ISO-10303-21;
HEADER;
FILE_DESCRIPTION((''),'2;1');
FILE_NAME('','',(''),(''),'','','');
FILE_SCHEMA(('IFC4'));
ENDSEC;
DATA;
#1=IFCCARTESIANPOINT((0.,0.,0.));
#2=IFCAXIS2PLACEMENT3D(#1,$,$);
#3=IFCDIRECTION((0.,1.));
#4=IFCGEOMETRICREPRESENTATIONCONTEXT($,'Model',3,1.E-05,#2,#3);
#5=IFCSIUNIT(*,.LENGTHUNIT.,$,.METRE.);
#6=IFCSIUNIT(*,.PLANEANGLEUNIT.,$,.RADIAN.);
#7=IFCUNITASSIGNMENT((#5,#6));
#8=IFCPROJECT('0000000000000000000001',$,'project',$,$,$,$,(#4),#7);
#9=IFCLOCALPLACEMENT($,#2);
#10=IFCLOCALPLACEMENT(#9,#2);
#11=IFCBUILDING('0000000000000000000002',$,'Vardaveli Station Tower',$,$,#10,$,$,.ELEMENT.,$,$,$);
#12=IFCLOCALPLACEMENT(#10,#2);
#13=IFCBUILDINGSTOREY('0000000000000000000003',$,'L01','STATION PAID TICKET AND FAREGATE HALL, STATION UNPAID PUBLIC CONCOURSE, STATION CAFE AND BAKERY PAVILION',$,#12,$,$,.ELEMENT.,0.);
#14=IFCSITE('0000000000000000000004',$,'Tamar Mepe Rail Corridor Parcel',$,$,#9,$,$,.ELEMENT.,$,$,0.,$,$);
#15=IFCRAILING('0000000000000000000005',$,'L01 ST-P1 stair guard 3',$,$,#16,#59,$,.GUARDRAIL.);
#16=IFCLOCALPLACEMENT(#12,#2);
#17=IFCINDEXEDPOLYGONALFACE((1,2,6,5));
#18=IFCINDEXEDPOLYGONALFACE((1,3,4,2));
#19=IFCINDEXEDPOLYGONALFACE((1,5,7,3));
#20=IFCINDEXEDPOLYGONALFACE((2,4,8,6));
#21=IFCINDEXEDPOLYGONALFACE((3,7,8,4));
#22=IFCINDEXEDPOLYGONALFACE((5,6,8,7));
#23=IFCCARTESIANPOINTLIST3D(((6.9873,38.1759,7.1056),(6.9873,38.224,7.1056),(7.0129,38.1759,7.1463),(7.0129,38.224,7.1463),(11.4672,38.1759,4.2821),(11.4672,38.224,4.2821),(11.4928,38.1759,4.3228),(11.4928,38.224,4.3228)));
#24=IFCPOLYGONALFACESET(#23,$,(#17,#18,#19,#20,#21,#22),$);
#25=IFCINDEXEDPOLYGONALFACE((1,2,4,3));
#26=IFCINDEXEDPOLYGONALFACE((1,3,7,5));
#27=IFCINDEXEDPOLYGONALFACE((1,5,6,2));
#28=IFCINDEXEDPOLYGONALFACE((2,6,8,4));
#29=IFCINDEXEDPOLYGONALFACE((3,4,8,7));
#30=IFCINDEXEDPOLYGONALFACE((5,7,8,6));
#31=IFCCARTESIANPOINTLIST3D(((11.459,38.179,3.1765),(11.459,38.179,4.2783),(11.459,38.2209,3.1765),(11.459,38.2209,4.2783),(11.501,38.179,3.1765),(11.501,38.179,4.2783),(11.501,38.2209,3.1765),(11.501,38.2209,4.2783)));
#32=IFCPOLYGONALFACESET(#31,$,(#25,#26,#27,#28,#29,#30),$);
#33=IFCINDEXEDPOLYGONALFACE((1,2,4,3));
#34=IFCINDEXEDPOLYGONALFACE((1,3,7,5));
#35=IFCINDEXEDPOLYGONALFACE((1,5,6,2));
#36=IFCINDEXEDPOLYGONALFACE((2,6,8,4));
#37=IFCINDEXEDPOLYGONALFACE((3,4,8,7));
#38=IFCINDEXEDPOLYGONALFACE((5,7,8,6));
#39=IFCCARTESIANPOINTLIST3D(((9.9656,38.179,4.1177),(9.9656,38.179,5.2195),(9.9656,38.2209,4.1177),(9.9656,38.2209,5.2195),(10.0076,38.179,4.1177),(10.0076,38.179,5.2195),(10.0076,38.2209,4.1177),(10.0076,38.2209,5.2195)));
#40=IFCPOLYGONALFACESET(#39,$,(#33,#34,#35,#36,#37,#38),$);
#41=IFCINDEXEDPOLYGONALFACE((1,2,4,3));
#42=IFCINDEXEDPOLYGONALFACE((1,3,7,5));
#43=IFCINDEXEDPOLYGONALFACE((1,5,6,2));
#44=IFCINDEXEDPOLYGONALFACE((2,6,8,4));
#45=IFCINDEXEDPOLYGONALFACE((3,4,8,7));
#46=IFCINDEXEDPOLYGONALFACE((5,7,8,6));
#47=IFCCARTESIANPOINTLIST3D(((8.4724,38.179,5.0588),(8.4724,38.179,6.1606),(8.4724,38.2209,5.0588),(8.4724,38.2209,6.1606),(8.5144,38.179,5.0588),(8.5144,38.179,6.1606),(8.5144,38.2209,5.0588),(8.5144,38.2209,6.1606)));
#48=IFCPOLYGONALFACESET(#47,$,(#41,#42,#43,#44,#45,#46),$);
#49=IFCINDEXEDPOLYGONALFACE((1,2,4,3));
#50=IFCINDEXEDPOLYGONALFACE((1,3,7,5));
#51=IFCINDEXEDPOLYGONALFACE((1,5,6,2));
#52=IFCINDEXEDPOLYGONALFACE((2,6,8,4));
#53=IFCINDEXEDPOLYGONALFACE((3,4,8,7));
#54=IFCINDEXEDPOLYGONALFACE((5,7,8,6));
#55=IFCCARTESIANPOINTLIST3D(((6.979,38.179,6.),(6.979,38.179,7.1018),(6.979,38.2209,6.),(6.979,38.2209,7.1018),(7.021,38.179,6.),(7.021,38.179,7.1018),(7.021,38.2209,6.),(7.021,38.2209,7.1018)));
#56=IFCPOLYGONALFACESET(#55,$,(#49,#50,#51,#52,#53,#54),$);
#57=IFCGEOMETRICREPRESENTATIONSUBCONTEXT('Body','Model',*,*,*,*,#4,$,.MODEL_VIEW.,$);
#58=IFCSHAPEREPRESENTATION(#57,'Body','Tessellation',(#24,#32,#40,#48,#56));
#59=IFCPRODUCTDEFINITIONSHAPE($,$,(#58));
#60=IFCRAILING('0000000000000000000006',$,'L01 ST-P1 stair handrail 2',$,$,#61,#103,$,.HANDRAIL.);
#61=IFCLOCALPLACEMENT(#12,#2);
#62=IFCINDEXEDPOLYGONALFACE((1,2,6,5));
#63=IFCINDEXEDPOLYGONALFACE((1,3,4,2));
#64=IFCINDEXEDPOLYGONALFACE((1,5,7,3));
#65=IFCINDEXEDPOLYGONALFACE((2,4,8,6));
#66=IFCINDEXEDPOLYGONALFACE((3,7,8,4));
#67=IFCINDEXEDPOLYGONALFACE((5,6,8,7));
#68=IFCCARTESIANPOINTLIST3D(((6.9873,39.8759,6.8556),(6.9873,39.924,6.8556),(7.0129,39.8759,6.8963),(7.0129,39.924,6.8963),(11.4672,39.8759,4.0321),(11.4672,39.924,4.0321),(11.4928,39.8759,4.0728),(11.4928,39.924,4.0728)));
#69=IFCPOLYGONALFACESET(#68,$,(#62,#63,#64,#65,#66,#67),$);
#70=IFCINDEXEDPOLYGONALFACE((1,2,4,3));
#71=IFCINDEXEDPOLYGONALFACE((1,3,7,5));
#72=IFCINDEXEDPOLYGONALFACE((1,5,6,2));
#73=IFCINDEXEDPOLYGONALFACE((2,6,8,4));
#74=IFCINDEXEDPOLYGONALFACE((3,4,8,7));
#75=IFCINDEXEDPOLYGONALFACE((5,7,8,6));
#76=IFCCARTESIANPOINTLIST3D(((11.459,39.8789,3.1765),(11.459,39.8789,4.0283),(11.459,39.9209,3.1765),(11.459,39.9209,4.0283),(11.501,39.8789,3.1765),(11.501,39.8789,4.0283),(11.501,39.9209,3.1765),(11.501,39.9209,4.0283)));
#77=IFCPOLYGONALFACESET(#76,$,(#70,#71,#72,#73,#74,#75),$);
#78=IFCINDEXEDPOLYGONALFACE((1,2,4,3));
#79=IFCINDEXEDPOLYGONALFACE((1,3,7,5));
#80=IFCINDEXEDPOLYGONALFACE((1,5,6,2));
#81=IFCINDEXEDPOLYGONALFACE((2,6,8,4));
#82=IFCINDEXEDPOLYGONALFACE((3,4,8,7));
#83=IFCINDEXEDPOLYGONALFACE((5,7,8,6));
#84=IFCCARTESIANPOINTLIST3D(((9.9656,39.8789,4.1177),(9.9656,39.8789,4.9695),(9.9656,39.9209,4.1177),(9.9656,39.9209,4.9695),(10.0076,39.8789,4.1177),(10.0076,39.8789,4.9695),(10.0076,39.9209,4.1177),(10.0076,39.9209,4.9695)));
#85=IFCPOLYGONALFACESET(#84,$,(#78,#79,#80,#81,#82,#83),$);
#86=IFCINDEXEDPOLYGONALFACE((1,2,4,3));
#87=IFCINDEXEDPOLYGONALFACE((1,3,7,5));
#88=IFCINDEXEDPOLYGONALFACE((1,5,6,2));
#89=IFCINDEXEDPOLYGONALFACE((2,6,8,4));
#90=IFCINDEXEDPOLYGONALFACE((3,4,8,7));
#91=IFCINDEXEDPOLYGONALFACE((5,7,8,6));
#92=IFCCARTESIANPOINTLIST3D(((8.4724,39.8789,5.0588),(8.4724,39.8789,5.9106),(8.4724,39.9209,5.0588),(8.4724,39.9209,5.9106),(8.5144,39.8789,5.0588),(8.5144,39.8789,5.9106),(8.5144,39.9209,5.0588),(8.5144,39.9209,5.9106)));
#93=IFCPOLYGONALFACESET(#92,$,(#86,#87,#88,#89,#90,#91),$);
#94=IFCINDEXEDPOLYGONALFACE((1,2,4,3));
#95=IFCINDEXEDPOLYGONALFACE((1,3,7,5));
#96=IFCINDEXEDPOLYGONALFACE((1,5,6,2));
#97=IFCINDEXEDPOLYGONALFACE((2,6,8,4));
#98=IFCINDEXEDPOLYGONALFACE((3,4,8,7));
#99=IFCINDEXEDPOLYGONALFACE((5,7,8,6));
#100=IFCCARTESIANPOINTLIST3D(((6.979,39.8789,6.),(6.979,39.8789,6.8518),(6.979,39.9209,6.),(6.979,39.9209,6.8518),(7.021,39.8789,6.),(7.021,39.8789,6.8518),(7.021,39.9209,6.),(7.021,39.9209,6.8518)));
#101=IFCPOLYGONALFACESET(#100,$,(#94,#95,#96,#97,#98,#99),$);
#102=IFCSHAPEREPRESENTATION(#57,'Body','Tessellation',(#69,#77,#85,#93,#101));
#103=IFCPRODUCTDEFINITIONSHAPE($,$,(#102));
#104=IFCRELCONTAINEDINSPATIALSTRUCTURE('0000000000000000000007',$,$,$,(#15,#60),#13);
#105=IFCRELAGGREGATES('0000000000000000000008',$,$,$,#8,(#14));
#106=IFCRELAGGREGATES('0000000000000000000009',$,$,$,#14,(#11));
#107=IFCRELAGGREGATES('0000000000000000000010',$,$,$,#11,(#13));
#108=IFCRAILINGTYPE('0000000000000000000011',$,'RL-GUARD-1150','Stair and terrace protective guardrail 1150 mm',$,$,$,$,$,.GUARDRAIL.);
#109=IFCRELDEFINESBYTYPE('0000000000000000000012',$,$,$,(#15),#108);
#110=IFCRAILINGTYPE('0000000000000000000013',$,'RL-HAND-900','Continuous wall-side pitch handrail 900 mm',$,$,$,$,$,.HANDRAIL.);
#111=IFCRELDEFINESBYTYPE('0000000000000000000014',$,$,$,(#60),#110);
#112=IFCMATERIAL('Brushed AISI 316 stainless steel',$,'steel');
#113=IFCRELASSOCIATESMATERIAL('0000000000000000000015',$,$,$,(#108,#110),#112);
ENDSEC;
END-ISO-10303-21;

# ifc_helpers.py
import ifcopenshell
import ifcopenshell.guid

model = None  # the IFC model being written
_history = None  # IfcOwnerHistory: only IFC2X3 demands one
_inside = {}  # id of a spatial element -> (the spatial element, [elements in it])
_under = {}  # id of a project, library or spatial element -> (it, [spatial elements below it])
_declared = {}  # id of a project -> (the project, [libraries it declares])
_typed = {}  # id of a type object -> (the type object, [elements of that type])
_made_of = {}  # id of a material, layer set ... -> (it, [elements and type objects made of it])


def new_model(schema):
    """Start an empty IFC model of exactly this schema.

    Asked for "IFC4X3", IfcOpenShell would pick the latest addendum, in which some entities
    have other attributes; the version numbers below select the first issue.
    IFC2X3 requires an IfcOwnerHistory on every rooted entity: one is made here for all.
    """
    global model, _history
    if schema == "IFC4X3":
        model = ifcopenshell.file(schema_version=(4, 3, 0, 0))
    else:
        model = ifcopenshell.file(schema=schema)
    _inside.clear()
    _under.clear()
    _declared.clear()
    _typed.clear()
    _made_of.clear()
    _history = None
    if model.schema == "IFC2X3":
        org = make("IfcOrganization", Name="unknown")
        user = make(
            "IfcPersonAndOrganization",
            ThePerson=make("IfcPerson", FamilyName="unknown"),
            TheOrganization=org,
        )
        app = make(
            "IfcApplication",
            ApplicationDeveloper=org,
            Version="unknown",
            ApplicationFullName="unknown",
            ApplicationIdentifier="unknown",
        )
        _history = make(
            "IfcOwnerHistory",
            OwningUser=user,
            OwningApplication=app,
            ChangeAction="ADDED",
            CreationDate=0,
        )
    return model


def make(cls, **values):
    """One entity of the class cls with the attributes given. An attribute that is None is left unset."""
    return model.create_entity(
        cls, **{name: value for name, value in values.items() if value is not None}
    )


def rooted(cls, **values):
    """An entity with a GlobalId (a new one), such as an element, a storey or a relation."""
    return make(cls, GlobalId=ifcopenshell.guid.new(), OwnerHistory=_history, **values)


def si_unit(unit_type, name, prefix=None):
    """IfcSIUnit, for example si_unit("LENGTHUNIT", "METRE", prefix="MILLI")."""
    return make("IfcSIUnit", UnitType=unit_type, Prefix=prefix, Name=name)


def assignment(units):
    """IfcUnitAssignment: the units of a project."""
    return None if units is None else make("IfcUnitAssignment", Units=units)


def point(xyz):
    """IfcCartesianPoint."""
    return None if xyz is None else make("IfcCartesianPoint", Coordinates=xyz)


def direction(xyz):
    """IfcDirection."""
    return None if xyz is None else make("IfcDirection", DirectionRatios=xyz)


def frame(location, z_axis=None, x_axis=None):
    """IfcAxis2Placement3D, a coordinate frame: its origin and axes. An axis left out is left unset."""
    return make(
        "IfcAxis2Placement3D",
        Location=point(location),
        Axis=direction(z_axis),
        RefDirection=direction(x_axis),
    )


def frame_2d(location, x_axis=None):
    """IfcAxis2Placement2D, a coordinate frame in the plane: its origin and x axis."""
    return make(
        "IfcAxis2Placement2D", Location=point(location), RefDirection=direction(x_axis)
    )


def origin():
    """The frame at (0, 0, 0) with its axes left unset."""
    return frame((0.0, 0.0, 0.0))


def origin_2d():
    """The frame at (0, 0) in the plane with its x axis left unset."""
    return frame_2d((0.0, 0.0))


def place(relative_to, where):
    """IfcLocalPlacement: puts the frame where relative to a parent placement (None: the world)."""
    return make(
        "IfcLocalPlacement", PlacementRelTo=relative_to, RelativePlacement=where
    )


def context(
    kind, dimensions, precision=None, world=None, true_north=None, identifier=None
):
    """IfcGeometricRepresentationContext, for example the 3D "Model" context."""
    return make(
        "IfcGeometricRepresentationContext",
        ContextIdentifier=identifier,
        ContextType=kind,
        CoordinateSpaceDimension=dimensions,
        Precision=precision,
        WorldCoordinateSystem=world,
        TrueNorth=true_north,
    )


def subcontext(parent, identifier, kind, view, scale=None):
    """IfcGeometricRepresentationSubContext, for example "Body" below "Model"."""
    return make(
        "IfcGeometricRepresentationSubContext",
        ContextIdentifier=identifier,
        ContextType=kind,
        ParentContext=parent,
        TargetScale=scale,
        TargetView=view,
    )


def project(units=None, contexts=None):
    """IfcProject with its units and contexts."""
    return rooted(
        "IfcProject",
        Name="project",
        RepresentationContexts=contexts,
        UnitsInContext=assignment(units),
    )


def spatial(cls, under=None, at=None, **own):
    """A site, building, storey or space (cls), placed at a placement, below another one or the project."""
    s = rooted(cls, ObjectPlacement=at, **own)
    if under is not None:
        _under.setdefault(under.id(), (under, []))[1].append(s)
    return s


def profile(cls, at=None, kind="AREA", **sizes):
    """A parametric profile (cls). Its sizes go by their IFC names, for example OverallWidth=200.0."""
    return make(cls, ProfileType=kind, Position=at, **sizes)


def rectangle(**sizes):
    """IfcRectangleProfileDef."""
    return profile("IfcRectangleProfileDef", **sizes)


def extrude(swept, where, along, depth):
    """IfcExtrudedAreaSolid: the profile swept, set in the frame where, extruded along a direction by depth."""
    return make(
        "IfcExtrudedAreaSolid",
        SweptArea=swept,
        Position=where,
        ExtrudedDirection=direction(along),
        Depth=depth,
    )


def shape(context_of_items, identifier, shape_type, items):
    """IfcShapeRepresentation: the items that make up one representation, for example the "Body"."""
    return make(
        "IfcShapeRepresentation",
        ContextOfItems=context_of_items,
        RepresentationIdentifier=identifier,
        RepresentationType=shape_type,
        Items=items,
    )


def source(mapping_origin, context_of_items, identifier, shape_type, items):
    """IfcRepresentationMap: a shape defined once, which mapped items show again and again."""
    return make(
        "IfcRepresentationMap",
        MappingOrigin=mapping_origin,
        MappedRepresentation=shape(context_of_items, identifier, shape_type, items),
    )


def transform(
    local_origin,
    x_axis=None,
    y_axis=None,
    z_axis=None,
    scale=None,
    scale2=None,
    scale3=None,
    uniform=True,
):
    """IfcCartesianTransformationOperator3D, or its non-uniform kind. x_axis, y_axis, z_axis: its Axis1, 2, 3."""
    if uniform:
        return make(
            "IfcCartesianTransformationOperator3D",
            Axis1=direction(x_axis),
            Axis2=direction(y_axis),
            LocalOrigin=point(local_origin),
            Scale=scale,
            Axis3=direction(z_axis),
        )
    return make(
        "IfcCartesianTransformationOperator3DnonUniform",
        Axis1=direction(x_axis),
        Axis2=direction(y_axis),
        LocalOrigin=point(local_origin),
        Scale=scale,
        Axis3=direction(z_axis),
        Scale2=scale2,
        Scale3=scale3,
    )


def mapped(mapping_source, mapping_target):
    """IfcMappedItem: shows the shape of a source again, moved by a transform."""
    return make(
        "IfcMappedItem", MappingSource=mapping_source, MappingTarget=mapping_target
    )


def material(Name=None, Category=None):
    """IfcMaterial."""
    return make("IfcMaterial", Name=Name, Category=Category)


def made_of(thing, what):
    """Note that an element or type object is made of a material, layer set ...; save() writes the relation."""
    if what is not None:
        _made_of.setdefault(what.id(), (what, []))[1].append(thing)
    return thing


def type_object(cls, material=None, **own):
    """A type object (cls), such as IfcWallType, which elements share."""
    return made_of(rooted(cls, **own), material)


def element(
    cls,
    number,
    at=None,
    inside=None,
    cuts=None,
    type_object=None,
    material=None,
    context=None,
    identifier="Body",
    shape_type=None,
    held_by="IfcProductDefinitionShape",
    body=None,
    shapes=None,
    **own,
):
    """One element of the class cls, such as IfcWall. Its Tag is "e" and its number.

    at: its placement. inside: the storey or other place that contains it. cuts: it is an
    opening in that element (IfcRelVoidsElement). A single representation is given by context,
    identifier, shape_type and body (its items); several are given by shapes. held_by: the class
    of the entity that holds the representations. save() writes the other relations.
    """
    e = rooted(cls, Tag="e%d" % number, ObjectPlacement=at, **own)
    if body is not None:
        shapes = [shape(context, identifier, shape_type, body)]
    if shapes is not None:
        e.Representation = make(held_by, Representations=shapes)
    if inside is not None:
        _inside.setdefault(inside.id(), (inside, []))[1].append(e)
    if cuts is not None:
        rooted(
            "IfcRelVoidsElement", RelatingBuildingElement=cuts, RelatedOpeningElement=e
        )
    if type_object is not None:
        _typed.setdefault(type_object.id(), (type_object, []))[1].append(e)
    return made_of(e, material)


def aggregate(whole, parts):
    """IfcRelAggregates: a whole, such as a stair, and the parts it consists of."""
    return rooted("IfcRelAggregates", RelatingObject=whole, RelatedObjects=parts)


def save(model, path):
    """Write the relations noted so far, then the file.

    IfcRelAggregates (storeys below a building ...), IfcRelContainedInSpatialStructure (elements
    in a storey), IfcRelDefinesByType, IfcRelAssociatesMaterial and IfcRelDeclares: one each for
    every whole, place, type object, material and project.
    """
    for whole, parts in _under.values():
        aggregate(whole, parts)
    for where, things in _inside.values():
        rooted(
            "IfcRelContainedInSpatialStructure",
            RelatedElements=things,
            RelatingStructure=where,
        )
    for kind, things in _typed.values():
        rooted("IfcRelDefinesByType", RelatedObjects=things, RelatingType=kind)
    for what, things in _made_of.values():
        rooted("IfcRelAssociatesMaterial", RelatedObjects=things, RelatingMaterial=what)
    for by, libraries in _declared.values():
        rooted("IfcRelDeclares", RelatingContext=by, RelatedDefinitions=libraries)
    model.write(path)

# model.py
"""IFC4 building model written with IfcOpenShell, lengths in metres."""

from ifc_helpers import new_model, si_unit, direction, frame, origin, origin_2d, place, context, subcontext, project, spatial, rectangle, extrude, source, transform, mapped, material, type_object, element, save


model = new_model("IFC4")

# Units and contexts
model_context = context("Model", 3, precision=1e-05, world=origin(), true_north=direction((0.0, 1.0)))
body_context = subcontext(model_context, "Body", "Model", "MODEL_VIEW")
ifc_project = project(units=[si_unit("LENGTHUNIT", "METRE"), si_unit("PLANEANGLEUNIT", "RADIAN")], contexts=[model_context])

# Site, building, storey
site_placement = place(None, origin())
site = spatial("IfcSite", under=ifc_project, at=site_placement, Name="Tamar Mepe Rail Corridor Parcel", CompositionType="ELEMENT", RefElevation=0.0)
building_placement = place(site_placement, origin())
building = spatial("IfcBuilding", under=site, at=building_placement, Name="Vardaveli Station Tower", CompositionType="ELEMENT")
storey_placement = place(building_placement, origin())
storey = spatial("IfcBuildingStorey", under=building, at=storey_placement, Name="L01", Description="STATION PAID TICKET AND FAREGATE HALL, STATION UNPAID PUBLIC CONCOURSE, STATION CAFE AND BAKERY PAVILION", CompositionType="ELEMENT", Elevation=0.0)

# Railings
ifc_material_1 = material(Name="Brushed AISI 316 stainless steel", Category="steel")
railing_type_1 = type_object("IfcRailingType", Name="RL-GUARD-1150", Description="Stair and terrace protective guardrail 1150 mm", PredefinedType="GUARDRAIL", material=ifc_material_1)
shared_shape_1 = source(origin(), body_context, "Body", "SweptSolid", [
    extrude(rectangle(XDim=0.0481, YDim=0.0481, at=origin_2d()), frame((0.0, 0.0, 1.126), z_axis=(-0.845998, 0.0, 0.533186), x_axis=(0.0, -1.0, 0.0)), (0.0, 0.0, 1.0), 5.2954),
    extrude(rectangle(XDim=0.042, YDim=0.042, at=origin_2d()), origin(), (0.0, 0.0, 1.0), 1.1018),
    extrude(rectangle(XDim=0.042, YDim=0.042, at=origin_2d()), frame((-1.4934, 0.0, 0.9412)), (0.0, 0.0, 1.0), 1.1018),
    extrude(rectangle(XDim=0.042, YDim=0.042, at=origin_2d()), frame((-2.9866, 0.0, 1.8823)), (0.0, 0.0, 1.0), 1.1018),
    extrude(rectangle(XDim=0.042, YDim=0.042, at=origin_2d()), frame((-4.48, 0.0, 2.8235)), (0.0, 0.0, 1.0), 1.1018),
])
railing_1_placement = place(storey_placement, frame((11.48, 38.2, 3.1765)))
element("IfcRailing", 1, at=railing_1_placement, inside=storey, type_object=railing_type_1, Name="L01 ST-P1 stair guard 3", PredefinedType="GUARDRAIL", context=body_context, shape_type="MappedRepresentation", body=[
    mapped(shared_shape_1, transform((0.0, 0.0, 0.0), scale=1.0)),
])
railing_type_2 = type_object("IfcRailingType", Name="RL-HAND-900", Description="Continuous wall-side pitch handrail 900 mm", PredefinedType="HANDRAIL", material=ifc_material_1)
shared_shape_2 = source(origin(), body_context, "Body", "SweptSolid", [
    extrude(rectangle(XDim=0.0481, YDim=0.0481, at=origin_2d()), frame((0.0, 0.0, 0.876), z_axis=(-0.845998, 0.0, 0.533186), x_axis=(0.0, -1.0, 0.0)), (0.0, 0.0, 1.0), 5.2954),
    extrude(rectangle(XDim=0.042, YDim=0.042, at=origin_2d()), origin(), (0.0, 0.0, 1.0), 0.8518),
    extrude(rectangle(XDim=0.042, YDim=0.042, at=origin_2d()), frame((-1.4934, 0.0, 0.9412)), (0.0, 0.0, 1.0), 0.8518),
    extrude(rectangle(XDim=0.042, YDim=0.042, at=origin_2d()), frame((-2.9866, 0.0, 1.8823)), (0.0, 0.0, 1.0), 0.8518),
    extrude(rectangle(XDim=0.042, YDim=0.042, at=origin_2d()), frame((-4.48, 0.0, 2.8235)), (0.0, 0.0, 1.0), 0.8518),
])
railing_2_placement = place(storey_placement, frame((11.48, 39.8999, 3.1765)))
element("IfcRailing", 2, at=railing_2_placement, inside=storey, type_object=railing_type_2, Name="L01 ST-P1 stair handrail 2", PredefinedType="HANDRAIL", context=body_context, shape_type="MappedRepresentation", body=[
    mapped(shared_shape_2, transform((0.0, 0.0, 0.0), scale=1.0)),
])

save(model, "model.ifc")
